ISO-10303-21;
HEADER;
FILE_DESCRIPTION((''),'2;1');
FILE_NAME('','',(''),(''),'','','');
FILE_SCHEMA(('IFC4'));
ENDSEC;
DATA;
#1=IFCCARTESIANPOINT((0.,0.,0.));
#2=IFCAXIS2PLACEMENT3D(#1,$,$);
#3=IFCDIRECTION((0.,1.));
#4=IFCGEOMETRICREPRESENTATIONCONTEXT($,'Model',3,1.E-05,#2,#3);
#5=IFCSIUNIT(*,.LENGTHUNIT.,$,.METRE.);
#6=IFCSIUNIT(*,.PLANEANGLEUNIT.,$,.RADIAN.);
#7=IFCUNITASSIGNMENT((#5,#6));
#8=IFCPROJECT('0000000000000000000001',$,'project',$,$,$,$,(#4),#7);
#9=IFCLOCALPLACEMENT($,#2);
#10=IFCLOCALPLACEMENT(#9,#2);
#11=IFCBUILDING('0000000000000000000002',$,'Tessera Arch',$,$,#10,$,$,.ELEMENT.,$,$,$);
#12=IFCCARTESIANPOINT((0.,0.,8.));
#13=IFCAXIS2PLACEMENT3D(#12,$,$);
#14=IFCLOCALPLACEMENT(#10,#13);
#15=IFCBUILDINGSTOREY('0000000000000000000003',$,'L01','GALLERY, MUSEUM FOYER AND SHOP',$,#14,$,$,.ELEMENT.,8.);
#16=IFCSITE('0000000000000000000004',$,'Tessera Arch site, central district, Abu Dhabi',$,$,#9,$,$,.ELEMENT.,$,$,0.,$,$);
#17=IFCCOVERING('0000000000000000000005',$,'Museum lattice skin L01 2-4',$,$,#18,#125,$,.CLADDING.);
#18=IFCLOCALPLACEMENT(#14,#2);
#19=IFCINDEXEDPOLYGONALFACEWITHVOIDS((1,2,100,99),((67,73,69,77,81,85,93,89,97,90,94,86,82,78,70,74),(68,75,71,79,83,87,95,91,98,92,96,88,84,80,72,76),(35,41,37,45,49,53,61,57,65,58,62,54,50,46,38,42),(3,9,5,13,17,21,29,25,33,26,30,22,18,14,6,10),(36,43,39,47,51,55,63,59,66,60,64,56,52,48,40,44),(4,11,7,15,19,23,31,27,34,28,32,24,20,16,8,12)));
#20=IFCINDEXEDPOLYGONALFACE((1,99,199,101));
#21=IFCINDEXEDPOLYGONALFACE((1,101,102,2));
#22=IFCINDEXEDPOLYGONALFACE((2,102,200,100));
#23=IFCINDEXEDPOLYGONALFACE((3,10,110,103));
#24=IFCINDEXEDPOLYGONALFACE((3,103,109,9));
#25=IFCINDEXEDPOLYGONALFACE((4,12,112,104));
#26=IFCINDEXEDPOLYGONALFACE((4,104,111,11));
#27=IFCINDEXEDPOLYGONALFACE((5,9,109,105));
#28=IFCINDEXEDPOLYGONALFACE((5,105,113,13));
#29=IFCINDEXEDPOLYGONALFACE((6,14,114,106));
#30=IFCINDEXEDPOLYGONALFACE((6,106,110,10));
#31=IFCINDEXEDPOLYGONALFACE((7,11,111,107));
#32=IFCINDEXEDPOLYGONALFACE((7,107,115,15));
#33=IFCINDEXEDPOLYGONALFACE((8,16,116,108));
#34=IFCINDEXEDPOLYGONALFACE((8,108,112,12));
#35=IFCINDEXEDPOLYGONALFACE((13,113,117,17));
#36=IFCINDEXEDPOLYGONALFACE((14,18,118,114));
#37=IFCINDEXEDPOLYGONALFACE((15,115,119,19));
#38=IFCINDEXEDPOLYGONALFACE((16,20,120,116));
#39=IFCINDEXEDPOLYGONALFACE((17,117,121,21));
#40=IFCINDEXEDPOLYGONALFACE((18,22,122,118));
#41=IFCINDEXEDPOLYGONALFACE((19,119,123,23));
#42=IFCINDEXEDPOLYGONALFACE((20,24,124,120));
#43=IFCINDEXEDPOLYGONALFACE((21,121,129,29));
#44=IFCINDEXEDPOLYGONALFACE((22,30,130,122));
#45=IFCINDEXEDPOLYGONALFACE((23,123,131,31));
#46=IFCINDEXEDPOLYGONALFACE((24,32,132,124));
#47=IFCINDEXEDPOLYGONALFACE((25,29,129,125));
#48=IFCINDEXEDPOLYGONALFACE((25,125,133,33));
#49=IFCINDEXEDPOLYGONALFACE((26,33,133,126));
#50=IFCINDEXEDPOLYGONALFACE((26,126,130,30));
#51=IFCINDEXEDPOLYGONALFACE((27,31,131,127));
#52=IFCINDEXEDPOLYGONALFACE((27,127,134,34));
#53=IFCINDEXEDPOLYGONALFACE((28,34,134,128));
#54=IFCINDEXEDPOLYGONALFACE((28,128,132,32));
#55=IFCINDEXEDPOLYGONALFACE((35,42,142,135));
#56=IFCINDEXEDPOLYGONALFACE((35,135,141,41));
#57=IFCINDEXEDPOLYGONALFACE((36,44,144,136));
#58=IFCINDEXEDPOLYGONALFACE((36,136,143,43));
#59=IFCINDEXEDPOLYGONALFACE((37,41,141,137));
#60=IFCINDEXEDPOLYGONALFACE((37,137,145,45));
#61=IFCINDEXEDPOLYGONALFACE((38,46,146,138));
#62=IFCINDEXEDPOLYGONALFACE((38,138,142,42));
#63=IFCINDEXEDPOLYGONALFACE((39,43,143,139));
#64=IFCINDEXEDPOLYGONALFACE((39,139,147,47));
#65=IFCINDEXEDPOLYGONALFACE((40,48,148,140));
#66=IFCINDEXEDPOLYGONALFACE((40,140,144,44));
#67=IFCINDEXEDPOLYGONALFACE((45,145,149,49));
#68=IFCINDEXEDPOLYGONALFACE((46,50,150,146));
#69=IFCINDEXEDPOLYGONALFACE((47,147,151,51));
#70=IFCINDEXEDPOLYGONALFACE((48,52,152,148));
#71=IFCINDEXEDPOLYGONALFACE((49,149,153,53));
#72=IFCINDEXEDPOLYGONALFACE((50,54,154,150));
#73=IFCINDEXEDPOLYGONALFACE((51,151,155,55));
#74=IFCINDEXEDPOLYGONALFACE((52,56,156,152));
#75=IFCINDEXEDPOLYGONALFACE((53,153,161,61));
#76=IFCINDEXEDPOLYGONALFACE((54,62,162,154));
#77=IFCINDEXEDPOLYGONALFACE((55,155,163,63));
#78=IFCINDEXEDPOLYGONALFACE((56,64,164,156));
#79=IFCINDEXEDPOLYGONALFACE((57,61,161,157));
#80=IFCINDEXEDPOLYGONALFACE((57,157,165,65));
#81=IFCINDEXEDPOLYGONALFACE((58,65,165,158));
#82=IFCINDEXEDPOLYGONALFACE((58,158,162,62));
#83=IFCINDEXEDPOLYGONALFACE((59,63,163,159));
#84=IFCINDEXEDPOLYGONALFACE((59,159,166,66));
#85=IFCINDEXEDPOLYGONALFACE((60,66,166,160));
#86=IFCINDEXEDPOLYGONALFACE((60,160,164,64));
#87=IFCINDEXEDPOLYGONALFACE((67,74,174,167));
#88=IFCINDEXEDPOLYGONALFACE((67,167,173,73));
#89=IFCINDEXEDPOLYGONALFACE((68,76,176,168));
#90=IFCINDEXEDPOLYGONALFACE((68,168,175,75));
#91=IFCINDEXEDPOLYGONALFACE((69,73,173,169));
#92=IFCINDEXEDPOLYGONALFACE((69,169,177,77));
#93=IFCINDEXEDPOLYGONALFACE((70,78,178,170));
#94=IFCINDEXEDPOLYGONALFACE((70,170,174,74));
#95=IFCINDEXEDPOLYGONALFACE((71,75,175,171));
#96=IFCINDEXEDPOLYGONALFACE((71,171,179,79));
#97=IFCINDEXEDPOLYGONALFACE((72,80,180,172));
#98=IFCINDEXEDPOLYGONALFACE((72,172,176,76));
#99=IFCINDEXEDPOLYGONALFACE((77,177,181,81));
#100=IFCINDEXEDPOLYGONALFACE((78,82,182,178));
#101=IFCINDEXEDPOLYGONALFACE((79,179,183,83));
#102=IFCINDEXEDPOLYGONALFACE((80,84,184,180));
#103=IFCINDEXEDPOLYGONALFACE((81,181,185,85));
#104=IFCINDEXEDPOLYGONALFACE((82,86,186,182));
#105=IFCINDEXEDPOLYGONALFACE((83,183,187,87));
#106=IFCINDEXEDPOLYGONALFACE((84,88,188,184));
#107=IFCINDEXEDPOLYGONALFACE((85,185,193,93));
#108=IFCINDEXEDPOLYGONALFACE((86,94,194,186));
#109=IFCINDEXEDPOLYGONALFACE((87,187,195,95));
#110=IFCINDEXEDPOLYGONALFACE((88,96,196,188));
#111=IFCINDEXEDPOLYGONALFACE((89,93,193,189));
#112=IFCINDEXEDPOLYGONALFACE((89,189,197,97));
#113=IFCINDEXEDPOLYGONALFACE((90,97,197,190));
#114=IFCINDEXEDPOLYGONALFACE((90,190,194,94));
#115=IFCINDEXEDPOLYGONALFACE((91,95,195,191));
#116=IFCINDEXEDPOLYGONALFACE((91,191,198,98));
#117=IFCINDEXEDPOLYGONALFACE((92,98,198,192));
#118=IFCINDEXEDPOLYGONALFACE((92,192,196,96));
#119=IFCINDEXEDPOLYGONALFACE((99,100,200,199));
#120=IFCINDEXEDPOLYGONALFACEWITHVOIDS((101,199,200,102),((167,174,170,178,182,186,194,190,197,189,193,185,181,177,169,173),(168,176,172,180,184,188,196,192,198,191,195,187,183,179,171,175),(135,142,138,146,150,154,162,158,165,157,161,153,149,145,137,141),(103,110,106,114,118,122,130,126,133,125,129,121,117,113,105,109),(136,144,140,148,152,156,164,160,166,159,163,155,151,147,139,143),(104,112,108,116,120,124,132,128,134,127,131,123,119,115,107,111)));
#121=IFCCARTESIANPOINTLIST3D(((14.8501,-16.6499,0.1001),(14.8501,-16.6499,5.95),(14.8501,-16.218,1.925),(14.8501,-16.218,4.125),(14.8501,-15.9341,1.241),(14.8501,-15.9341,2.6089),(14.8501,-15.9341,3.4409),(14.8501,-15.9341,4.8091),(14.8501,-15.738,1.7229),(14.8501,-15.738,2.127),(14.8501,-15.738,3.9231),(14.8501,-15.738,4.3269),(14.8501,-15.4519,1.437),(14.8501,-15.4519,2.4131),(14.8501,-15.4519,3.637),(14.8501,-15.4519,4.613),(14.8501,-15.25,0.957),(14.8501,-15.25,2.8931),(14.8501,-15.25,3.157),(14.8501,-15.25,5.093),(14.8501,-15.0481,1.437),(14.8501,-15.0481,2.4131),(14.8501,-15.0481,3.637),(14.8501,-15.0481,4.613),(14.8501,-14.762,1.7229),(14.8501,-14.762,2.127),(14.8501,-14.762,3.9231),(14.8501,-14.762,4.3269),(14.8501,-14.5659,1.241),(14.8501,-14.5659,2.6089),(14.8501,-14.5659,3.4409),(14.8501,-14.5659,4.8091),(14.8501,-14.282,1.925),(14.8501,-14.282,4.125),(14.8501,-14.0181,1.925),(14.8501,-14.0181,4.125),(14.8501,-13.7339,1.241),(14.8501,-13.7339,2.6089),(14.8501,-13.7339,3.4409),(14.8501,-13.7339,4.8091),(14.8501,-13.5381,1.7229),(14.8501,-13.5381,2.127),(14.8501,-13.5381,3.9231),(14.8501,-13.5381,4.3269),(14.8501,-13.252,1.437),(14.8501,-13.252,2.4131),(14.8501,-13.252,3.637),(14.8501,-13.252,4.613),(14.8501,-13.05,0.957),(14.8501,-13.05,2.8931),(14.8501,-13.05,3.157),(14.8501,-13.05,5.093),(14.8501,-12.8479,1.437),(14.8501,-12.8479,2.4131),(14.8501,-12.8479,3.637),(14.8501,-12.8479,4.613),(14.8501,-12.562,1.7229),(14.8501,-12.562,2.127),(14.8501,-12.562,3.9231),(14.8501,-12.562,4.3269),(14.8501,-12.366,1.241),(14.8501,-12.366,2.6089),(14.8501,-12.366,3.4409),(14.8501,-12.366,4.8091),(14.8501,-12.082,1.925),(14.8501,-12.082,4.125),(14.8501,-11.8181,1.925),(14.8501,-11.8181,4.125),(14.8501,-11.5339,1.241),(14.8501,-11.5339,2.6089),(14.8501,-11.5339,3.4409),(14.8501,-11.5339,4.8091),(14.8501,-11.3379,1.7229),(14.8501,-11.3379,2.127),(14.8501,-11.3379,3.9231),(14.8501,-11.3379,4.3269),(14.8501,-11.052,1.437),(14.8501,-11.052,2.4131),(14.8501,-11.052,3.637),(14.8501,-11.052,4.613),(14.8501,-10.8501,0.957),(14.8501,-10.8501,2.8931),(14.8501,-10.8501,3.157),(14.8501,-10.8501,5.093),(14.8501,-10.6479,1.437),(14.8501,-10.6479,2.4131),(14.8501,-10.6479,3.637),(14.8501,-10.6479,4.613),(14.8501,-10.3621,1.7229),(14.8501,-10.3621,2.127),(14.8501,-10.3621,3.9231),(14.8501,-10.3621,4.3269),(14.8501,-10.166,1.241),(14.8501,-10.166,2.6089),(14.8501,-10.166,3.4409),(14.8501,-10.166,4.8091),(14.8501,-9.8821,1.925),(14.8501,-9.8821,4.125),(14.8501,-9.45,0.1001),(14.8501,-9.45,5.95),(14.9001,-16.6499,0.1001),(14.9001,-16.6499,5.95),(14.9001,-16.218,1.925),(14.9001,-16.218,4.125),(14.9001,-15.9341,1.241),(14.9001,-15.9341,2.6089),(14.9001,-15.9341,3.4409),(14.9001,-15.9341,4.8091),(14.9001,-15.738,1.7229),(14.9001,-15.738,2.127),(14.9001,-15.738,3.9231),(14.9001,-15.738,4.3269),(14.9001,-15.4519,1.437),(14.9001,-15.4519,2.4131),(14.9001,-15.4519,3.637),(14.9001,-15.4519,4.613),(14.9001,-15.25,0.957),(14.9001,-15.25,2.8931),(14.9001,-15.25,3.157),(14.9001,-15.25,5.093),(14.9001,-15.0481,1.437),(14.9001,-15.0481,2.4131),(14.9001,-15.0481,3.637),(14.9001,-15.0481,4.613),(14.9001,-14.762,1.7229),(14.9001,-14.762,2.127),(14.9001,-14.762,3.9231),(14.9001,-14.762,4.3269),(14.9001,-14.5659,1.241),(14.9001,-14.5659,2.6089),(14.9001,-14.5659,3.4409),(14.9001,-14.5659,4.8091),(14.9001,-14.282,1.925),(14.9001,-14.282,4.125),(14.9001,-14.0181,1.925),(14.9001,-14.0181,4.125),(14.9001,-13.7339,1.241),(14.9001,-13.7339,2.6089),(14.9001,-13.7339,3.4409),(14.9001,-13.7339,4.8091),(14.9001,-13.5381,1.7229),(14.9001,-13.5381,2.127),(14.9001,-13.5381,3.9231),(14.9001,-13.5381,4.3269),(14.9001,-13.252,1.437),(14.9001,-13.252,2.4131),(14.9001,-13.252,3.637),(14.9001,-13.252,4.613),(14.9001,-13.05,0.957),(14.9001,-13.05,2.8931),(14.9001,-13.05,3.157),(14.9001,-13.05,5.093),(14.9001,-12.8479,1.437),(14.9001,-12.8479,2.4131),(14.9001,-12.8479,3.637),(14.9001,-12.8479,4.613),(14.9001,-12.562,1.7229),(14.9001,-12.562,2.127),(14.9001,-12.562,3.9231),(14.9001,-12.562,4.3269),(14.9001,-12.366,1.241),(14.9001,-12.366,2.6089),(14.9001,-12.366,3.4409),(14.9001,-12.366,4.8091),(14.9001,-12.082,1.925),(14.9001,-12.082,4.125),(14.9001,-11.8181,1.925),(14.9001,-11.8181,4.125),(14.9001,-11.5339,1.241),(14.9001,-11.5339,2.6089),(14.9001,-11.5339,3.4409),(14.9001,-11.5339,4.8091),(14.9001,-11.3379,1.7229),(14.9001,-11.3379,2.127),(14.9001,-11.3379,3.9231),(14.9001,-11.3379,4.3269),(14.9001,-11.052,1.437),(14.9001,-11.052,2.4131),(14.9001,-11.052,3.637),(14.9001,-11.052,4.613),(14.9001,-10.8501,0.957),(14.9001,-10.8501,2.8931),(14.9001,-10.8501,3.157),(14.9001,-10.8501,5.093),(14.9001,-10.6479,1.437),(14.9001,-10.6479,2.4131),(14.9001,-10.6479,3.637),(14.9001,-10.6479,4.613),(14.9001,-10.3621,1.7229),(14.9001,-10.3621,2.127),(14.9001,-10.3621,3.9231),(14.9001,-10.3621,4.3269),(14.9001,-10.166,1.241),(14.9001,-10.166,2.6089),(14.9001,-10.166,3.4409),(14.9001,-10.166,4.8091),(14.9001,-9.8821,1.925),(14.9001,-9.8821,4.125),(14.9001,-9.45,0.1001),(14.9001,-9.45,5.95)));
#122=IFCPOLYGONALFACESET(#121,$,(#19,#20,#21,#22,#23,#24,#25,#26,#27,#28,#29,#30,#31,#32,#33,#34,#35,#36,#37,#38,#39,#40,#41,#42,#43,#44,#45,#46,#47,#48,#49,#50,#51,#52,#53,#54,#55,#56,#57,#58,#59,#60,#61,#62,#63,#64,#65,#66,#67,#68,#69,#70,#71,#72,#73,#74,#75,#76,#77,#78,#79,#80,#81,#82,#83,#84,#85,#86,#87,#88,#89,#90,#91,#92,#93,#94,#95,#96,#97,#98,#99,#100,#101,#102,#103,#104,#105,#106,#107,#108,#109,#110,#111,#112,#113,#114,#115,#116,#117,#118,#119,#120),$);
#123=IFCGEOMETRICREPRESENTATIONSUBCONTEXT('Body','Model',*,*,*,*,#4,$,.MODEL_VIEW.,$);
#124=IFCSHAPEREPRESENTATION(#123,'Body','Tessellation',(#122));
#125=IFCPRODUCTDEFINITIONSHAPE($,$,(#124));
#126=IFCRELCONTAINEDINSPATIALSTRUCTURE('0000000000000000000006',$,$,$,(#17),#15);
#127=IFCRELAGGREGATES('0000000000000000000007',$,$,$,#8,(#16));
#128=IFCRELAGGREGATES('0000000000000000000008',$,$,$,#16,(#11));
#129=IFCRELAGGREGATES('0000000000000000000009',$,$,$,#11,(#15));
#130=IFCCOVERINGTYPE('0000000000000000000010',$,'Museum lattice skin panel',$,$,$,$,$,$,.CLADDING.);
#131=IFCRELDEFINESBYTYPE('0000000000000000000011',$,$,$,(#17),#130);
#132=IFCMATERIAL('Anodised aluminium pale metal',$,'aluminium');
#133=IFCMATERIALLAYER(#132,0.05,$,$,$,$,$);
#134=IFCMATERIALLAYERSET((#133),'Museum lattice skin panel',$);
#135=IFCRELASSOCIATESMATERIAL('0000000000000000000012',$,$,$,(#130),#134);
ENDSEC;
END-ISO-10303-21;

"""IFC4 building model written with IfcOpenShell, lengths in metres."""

from ifc_helpers import new_model, si_unit, direction, frame, origin, place, context, subcontext, project, spatial, polyline, outline, extrude, material, layer, layer_set, type_object, element, save


model = new_model("IFC4")

# Units and contexts
model_context = context("Model", 3, precision=1e-05, world=origin(), true_north=direction((0.0, 1.0)))
body_context = subcontext(model_context, "Body", "Model", "MODEL_VIEW")
ifc_project = project(units=[si_unit("LENGTHUNIT", "METRE"), si_unit("PLANEANGLEUNIT", "RADIAN")], contexts=[model_context])

# Site, building, storey
site_placement = place(None, origin())
site = spatial("IfcSite", under=ifc_project, at=site_placement, Name="Tessera Arch site, central district, Abu Dhabi", CompositionType="ELEMENT", RefElevation=0.0)
building_placement = place(site_placement, origin())
building = spatial("IfcBuilding", under=site, at=building_placement, Name="Tessera Arch", CompositionType="ELEMENT")
storey_placement = place(building_placement, frame((0.0, 0.0, 8.0)))
storey = spatial("IfcBuildingStorey", under=building, at=storey_placement, Name="L01", Description="GALLERY, MUSEUM FOYER AND SHOP", CompositionType="ELEMENT", Elevation=8.0)

# Covering
ifc_material_1 = material(Name="Anodised aluminium pale metal", Category="aluminium")
ifc_layer_1 = layer(ifc_material_1, 0.05)
ifc_layer_set_1 = layer_set([ifc_layer_1], Name="Museum lattice skin panel")
covering_type_1 = type_object("IfcCoveringType", Name="Museum lattice skin panel", PredefinedType="CLADDING", material=ifc_layer_set_1)
covering_1_placement = place(storey_placement, frame((14.8501, -16.6499, 5.95), z_axis=(-1.0, 0.0, 0.0), x_axis=(0.0, 1.0, 0.0)))
element("IfcCovering", 1, at=covering_1_placement, inside=storey, type_object=covering_type_1, Name="Museum lattice skin L01 2-4", PredefinedType="CLADDING", context=body_context, shape_type="SweptSolid", body=[
    extrude(outline(polyline([(0.0, 0.0), (7.2, 0.0), (7.2, 5.8499), (0.0, 5.8499), (0.0, 0.0)]), holes=[polyline([(2.3679, 4.0249), (1.8879, 3.823), (2.084, 3.3411), (1.6018, 3.5369), (1.3999, 3.0569), (1.198, 3.5369), (0.7158, 3.3411), (0.9119, 3.823), (0.4319, 4.0249), (0.9119, 4.2271), (0.7158, 4.709), (1.198, 4.5129), (1.3999, 4.9929), (1.6018, 4.5129), (2.084, 4.709), (1.8879, 4.2271), (2.3679, 4.0249)]), polyline([(2.3679, 1.825), (1.8879, 1.623), (2.084, 1.1409), (1.6018, 1.3369), (1.3999, 0.8569), (1.198, 1.3369), (0.7158, 1.1409), (0.9119, 1.623), (0.4319, 1.825), (0.9119, 2.0269), (0.7158, 2.509), (1.198, 2.313), (1.3999, 2.793), (1.6018, 2.313), (2.084, 2.509), (1.8879, 2.0269), (2.3679, 1.825)]), polyline([(4.5679, 4.0249), (4.0879, 3.823), (4.2839, 3.3411), (3.802, 3.5369), (3.5999, 3.0569), (3.3979, 3.5369), (2.916, 3.3411), (3.1118, 3.823), (2.6318, 4.0249), (3.1118, 4.2271), (2.916, 4.709), (3.3979, 4.5129), (3.5999, 4.9929), (3.802, 4.5129), (4.2839, 4.709), (4.0879, 4.2271), (4.5679, 4.0249)]), polyline([(4.5679, 1.825), (4.0879, 1.623), (4.2839, 1.1409), (3.802, 1.3369), (3.5999, 0.8569), (3.3979, 1.3369), (2.916, 1.1409), (3.1118, 1.623), (2.6318, 1.825), (3.1118, 2.0269), (2.916, 2.509), (3.3979, 2.313), (3.5999, 2.793), (3.802, 2.313), (4.2839, 2.509), (4.0879, 2.0269), (4.5679, 1.825)]), polyline([(6.7678, 4.0249), (6.2878, 3.823), (6.4839, 3.3411), (6.002, 3.5369), (5.7998, 3.0569), (5.5979, 3.5369), (5.116, 3.3411), (5.312, 3.823), (4.8318, 4.0249), (5.312, 4.2271), (5.116, 4.709), (5.5979, 4.5129), (5.7998, 4.9929), (6.002, 4.5129), (6.4839, 4.709), (6.2878, 4.2271), (6.7678, 4.0249)]), polyline([(6.7678, 1.825), (6.2878, 1.623), (6.4839, 1.1409), (6.002, 1.3369), (5.7998, 0.8569), (5.5979, 1.3369), (5.116, 1.1409), (5.312, 1.623), (4.8318, 1.825), (5.312, 2.0269), (5.116, 2.509), (5.5979, 2.313), (5.7998, 2.793), (6.002, 2.313), (6.4839, 2.509), (6.2878, 2.0269), (6.7678, 1.825)])]), origin(), (0.0, 0.0, -1.0), 0.05),
])

save(model, "model.ifc")
